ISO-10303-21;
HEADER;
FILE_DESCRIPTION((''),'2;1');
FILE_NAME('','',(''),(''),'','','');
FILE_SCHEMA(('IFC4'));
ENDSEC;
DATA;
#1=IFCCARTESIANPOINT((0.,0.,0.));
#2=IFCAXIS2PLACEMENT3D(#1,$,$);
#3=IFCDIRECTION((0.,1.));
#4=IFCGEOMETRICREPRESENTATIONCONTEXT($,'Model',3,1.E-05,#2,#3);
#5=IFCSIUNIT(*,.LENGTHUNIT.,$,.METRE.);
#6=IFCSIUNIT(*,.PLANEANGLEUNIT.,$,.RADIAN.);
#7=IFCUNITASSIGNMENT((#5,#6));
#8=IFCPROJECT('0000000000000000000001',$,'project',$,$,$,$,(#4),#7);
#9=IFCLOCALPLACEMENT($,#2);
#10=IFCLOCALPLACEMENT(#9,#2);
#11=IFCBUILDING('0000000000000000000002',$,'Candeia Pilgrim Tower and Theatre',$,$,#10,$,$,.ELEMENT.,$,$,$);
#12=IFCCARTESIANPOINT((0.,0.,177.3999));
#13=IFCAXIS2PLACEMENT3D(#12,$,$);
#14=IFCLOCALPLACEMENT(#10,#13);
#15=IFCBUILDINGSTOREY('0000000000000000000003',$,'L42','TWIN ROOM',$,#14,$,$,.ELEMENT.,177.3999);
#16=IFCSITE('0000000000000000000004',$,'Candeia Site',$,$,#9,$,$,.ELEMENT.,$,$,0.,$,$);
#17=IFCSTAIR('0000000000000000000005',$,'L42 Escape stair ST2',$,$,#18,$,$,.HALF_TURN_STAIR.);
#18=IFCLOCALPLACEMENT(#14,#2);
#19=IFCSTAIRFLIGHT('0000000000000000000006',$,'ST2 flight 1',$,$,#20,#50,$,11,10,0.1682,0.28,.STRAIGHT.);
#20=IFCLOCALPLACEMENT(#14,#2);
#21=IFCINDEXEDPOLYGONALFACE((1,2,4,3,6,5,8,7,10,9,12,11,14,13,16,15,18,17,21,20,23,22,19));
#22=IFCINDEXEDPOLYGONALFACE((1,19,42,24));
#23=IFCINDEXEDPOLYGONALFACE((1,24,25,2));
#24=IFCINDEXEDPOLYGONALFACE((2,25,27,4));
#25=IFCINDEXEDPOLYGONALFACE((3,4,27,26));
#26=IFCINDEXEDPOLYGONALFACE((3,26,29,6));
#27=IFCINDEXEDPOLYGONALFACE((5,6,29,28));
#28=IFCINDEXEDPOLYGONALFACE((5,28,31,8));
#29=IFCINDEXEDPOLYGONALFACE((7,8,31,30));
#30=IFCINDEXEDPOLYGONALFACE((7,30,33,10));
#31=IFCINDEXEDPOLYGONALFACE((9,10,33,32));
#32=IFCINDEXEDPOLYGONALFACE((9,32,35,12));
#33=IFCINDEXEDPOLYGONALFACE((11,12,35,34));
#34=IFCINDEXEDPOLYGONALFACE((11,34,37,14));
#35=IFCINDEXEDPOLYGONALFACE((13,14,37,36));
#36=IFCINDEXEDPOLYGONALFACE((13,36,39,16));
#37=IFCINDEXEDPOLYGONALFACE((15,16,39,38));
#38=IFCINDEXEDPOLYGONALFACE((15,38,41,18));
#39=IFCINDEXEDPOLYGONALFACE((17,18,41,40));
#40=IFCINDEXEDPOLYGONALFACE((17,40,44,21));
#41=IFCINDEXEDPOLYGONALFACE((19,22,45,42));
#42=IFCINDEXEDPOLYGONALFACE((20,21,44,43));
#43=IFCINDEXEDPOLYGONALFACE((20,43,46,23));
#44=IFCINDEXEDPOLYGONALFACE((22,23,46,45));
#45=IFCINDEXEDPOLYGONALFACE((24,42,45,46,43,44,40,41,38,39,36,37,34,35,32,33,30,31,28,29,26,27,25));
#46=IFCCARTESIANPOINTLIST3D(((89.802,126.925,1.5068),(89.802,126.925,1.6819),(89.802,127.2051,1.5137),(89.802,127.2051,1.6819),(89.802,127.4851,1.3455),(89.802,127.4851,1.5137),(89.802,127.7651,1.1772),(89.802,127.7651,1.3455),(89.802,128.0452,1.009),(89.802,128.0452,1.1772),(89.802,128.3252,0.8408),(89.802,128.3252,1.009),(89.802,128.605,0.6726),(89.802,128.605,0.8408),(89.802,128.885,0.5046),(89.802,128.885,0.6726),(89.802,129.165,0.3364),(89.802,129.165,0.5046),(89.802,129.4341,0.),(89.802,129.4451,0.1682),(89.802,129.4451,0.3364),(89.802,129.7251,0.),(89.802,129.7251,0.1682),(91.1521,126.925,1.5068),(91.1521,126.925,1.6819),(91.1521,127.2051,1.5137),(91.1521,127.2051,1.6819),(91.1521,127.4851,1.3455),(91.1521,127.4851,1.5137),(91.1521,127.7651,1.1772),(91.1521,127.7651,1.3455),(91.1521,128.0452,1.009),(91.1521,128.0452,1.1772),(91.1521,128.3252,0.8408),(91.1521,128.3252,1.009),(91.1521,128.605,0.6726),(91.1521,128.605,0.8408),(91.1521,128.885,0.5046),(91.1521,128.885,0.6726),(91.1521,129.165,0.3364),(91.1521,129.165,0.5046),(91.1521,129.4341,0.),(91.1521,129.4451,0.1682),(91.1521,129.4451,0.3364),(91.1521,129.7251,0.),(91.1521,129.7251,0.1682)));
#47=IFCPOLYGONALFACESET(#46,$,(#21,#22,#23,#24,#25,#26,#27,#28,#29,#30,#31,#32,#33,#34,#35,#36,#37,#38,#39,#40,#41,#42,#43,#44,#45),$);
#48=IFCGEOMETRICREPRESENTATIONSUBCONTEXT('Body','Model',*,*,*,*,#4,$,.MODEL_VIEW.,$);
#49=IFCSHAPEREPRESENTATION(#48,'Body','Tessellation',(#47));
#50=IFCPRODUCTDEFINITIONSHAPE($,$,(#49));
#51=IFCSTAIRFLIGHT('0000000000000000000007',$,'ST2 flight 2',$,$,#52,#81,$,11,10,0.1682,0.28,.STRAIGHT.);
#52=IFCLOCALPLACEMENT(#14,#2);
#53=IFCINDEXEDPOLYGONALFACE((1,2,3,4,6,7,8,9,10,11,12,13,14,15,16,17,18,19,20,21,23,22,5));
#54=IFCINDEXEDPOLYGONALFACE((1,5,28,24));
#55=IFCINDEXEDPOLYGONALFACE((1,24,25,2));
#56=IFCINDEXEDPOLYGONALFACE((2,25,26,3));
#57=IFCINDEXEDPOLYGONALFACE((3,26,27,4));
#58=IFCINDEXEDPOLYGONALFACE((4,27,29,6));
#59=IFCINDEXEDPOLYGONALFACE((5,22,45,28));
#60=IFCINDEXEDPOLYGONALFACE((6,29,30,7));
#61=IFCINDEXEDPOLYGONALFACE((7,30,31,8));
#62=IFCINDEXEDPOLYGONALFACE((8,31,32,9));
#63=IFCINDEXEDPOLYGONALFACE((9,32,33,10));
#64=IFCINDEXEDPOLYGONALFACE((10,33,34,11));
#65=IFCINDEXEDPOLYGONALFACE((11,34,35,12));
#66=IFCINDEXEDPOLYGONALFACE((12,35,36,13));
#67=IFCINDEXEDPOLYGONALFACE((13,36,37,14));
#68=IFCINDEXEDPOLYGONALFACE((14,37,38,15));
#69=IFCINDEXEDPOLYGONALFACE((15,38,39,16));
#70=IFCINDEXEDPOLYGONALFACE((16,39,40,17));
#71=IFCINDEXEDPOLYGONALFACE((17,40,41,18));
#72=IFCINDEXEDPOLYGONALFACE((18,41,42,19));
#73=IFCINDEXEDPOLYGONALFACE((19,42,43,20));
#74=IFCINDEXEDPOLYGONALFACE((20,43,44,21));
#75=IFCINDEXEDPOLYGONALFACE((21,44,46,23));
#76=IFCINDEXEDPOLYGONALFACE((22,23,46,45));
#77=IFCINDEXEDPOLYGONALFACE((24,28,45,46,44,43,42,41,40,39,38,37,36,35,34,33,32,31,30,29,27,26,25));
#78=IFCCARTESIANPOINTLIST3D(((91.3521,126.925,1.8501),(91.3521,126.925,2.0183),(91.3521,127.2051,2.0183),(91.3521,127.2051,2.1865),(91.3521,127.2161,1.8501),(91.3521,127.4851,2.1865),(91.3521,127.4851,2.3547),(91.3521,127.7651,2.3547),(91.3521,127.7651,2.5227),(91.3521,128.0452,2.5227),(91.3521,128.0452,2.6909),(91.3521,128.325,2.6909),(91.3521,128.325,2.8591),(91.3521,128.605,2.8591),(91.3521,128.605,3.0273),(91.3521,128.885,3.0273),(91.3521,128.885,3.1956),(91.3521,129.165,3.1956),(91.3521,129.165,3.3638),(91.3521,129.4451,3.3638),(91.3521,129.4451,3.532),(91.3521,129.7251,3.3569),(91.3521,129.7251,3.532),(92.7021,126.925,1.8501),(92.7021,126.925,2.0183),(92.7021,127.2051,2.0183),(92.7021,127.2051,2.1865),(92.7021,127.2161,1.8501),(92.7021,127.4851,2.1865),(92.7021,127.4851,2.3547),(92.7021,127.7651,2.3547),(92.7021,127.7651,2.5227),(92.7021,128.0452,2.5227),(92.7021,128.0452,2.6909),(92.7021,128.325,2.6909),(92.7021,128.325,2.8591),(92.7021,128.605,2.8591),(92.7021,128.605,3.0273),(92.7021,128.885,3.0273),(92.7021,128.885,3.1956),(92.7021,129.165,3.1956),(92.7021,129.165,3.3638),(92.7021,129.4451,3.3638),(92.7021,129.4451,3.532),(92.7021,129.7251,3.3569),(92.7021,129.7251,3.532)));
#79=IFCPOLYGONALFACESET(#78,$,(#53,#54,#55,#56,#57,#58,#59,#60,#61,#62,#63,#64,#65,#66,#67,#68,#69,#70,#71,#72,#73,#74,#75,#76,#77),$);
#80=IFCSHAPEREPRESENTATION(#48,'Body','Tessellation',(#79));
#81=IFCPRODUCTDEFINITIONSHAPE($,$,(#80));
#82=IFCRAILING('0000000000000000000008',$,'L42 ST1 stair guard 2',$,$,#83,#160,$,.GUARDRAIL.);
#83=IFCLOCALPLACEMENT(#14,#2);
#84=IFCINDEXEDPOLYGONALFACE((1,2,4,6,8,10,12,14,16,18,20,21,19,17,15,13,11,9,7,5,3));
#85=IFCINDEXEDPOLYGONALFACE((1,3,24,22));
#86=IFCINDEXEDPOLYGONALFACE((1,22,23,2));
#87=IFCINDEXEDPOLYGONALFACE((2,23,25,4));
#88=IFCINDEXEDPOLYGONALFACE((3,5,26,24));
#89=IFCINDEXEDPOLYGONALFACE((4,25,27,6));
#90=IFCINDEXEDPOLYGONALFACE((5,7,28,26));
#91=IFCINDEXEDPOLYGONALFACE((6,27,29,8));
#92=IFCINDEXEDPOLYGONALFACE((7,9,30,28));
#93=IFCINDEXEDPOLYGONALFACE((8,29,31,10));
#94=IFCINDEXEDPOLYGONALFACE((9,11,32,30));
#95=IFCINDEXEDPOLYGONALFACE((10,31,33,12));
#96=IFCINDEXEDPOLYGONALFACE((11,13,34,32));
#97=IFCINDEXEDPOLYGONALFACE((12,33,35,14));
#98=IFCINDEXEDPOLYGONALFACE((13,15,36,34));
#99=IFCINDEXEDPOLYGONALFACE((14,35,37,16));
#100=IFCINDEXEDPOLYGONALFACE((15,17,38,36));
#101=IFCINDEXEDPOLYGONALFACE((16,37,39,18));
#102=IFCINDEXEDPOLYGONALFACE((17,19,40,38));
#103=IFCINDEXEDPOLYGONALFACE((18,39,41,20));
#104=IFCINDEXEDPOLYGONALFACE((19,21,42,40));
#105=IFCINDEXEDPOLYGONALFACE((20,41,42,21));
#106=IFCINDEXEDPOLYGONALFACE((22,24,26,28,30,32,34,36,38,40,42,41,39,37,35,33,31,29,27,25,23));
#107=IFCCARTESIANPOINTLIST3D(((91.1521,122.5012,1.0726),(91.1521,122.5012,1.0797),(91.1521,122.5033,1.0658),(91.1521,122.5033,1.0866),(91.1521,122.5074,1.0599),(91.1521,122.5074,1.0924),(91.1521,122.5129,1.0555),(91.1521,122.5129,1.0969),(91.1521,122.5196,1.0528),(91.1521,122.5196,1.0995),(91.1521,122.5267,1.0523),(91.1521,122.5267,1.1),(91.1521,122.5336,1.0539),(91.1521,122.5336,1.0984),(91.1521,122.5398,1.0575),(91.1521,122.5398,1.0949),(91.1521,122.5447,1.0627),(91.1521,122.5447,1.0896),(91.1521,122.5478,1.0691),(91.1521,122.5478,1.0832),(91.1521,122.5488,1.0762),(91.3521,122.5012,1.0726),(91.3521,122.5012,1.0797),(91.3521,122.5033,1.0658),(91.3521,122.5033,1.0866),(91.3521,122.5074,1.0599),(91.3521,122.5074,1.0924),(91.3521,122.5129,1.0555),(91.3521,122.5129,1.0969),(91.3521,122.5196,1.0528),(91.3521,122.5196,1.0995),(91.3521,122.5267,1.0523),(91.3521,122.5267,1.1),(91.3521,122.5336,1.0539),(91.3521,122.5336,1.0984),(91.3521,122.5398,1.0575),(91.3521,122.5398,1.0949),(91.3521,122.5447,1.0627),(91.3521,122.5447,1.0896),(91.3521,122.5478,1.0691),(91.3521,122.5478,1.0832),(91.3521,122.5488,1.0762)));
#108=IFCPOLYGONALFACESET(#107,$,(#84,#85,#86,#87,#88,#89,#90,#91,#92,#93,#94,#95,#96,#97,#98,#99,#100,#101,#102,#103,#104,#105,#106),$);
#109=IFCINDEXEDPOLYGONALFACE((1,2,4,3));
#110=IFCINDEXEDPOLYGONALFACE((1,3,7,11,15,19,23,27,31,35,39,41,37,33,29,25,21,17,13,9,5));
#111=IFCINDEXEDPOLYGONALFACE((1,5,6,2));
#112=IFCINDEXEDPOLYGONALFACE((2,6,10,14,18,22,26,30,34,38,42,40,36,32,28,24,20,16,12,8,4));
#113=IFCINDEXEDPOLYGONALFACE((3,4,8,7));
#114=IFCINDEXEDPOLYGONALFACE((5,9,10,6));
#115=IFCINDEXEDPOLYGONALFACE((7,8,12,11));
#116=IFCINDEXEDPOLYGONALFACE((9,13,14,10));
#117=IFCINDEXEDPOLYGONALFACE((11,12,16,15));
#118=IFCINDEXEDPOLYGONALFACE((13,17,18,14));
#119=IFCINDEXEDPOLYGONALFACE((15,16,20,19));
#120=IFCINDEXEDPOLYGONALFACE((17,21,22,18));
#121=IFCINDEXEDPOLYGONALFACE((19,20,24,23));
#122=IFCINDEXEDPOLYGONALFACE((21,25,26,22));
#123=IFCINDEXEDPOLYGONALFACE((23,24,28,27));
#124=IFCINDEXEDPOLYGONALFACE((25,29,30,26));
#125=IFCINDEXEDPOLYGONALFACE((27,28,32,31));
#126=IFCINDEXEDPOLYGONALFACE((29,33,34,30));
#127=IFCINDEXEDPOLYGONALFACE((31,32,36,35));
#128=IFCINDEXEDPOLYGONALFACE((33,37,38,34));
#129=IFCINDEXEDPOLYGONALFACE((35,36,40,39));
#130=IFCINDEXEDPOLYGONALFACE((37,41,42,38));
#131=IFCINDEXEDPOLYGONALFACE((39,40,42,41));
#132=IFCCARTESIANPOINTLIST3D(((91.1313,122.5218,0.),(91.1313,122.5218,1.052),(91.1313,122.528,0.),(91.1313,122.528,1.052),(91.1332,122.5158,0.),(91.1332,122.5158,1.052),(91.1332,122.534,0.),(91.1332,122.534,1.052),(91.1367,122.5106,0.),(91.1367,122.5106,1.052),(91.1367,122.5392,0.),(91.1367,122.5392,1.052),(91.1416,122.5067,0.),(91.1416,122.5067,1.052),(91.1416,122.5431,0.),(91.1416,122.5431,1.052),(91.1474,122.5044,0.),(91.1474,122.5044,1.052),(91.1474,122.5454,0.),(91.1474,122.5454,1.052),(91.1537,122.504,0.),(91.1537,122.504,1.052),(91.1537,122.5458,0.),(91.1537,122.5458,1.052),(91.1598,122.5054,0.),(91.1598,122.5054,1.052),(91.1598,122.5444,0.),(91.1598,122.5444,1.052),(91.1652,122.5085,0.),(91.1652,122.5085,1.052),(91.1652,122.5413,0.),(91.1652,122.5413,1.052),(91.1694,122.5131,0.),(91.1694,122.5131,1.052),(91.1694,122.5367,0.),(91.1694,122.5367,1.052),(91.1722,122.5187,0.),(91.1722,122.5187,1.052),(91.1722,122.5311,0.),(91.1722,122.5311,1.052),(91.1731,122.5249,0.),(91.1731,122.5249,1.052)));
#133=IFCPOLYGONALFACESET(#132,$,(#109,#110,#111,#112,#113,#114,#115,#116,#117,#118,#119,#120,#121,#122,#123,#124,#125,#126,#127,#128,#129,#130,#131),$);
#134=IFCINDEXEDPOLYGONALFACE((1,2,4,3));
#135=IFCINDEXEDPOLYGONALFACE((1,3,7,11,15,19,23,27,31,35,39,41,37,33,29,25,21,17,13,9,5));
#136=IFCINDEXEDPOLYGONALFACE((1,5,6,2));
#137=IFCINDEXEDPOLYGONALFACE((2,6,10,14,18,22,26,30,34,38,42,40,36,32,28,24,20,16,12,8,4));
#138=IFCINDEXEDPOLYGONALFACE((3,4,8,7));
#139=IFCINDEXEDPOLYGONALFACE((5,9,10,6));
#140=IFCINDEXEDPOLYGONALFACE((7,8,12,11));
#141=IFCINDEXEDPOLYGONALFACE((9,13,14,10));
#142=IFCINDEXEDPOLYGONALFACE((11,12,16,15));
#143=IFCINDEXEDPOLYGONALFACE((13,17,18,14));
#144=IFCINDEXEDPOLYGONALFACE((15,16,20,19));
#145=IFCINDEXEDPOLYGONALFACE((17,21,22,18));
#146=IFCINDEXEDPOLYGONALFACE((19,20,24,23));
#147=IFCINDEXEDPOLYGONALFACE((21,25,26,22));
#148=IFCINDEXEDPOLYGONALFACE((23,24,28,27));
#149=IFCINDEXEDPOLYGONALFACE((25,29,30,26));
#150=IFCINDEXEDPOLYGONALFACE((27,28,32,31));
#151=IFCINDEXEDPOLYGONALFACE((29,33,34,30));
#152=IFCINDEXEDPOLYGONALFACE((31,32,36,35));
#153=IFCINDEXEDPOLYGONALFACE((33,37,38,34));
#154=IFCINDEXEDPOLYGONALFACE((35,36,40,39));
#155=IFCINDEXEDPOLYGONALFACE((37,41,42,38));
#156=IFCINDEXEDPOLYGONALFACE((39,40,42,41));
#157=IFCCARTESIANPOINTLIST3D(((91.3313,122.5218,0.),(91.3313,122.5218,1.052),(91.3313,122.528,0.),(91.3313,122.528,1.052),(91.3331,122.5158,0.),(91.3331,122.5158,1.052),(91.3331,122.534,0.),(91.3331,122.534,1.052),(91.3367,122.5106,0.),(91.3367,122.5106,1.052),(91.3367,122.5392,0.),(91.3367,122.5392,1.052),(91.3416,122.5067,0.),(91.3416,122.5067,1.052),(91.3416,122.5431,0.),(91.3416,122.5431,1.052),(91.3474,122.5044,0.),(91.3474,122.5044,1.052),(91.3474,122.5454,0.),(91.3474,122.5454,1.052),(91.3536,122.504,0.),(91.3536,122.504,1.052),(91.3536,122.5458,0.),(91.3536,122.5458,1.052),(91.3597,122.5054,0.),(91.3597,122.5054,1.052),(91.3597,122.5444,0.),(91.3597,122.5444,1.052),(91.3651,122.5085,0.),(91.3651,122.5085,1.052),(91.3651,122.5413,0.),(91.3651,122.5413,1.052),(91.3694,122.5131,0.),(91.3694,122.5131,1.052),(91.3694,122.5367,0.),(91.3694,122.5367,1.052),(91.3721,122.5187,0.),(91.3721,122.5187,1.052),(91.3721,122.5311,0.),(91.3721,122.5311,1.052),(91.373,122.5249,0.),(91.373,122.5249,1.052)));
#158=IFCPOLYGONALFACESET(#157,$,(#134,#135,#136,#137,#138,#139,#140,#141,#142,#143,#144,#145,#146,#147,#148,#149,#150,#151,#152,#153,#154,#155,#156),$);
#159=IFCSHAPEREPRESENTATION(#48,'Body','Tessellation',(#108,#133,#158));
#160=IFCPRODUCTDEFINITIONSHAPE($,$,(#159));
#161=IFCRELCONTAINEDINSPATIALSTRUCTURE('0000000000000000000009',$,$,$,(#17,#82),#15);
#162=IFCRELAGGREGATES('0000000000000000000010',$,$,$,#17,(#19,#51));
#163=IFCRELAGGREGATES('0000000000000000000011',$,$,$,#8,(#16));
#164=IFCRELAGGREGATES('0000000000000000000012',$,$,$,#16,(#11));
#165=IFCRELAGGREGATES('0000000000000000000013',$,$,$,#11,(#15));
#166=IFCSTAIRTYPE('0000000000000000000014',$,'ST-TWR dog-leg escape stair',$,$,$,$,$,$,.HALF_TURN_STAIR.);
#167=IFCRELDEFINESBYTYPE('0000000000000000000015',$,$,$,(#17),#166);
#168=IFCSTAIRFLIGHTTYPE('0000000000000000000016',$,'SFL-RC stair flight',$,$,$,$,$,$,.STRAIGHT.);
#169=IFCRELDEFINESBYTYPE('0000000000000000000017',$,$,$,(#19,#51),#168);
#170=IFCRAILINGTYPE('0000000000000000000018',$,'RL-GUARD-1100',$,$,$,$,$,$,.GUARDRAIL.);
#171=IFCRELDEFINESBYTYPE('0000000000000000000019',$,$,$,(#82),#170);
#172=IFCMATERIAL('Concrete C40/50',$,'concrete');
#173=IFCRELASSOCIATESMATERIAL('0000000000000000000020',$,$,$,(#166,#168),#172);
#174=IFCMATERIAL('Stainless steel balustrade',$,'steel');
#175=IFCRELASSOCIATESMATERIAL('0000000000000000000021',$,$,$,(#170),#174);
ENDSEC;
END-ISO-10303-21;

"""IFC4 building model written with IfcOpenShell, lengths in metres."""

from ifc_helpers import new_model, si_unit, direction, frame, origin, origin_2d, place, context, subcontext, project, spatial, polyline, circle, outline, extrude, material, type_object, element, aggregate, save


model = new_model("IFC4")

# Units and contexts
model_context = context("Model", 3, precision=1e-05, world=origin(), true_north=direction((0.0, 1.0)))
body_context = subcontext(model_context, "Body", "Model", "MODEL_VIEW")
ifc_project = project(units=[si_unit("LENGTHUNIT", "METRE"), si_unit("PLANEANGLEUNIT", "RADIAN")], contexts=[model_context])

# Site, building, storey
site_placement = place(None, origin())
site = spatial("IfcSite", under=ifc_project, at=site_placement, Name="Candeia Site", CompositionType="ELEMENT", RefElevation=0.0)
building_placement = place(site_placement, origin())
building = spatial("IfcBuilding", under=site, at=building_placement, Name="Candeia Pilgrim Tower and Theatre", CompositionType="ELEMENT")
storey_placement = place(building_placement, frame((0.0, 0.0, 177.3999)))
storey = spatial("IfcBuildingStorey", under=building, at=storey_placement, Name="L42", Description="TWIN ROOM", CompositionType="ELEMENT", Elevation=177.3999)

# Shared definitions
ifc_material_1 = material(Name="Concrete C40/50", Category="concrete")

# Stair, stair flights
stair_type = type_object("IfcStairType", Name="ST-TWR dog-leg escape stair", PredefinedType="HALF_TURN_STAIR", material=ifc_material_1)
stair_flight_type = type_object("IfcStairFlightType", Name="SFL-RC stair flight", PredefinedType="STRAIGHT", material=ifc_material_1)
stair_1_placement = place(storey_placement, origin())
stair_1 = element("IfcStair", 1, at=stair_1_placement, inside=storey, type_object=stair_type, Name="L42 Escape stair ST2", PredefinedType="HALF_TURN_STAIR")
stair_flight_1_placement = place(storey_placement, frame((90.4771, 129.7251, 0.0), z_axis=(0.0, 0.0, 1.0), x_axis=(0.0, -1.0, 0.0)))
stair_flight_1 = element("IfcStairFlight", 2, at=stair_flight_1_placement, type_object=stair_flight_type, Name="ST2 flight 1", NumberOfRisers=11, NumberOfTreads=10, PredefinedType="STRAIGHT", RiserHeight=0.1682, TreadLength=0.28, context=body_context, shape_type="SweptSolid", body=[
    extrude(outline(polyline([(0.0, 0.0), (0.0, 0.1682), (0.28, 0.1682), (0.28, 0.3364), (0.5601, 0.3364), (0.5601, 0.5046), (0.8401, 0.5046), (0.8401, 0.6726), (1.1201, 0.6726), (1.1201, 0.8408), (1.3999, 0.8408), (1.3999, 1.009), (1.6799, 1.009), (1.6799, 1.1772), (1.96, 1.1772), (1.96, 1.3455), (2.24, 1.3455), (2.24, 1.5137), (2.52, 1.5137), (2.52, 1.6819), (2.8, 1.6819), (2.8, 1.8501), (2.8, 1.5068), (0.291, 0.0), (0.0, 0.0)])), frame((0.0, 0.675, 0.0), z_axis=(0.0, -1.0, 0.0), x_axis=(1.0, 0.0, 0.0)), (0.0, 0.0, 1.0), 1.3501),
])
stair_flight_2_placement = place(storey_placement, frame((92.0271, 126.925, 1.8501), z_axis=(0.0, 0.0, 1.0), x_axis=(0.0, 1.0, 0.0)))
stair_flight_2 = element("IfcStairFlight", 3, at=stair_flight_2_placement, type_object=stair_flight_type, Name="ST2 flight 2", NumberOfRisers=11, NumberOfTreads=10, PredefinedType="STRAIGHT", RiserHeight=0.1682, TreadLength=0.28, context=body_context, shape_type="SweptSolid", body=[
    extrude(outline(polyline([(0.0, 0.0), (0.0, 0.1682), (0.28, 0.1682), (0.28, 0.3364), (0.5601, 0.3364), (0.5601, 0.5046), (0.8401, 0.5046), (0.8401, 0.6726), (1.1201, 0.6726), (1.1201, 0.8408), (1.3999, 0.8408), (1.3999, 1.009), (1.6799, 1.009), (1.6799, 1.1772), (1.96, 1.1772), (1.96, 1.3455), (2.24, 1.3455), (2.24, 1.5137), (2.52, 1.5137), (2.52, 1.6819), (2.8, 1.6819), (2.8, 1.8501), (2.8, 1.5068), (0.291, 0.0), (0.0, 0.0)])), frame((0.0, 0.675, 0.0), z_axis=(0.0, -1.0, 0.0), x_axis=(1.0, 0.0, 0.0)), (0.0, 0.0, 1.0), 1.3501),
])
aggregate(stair_1, [stair_flight_1, stair_flight_2])

# Railing
ifc_material_2 = material(Name="Stainless steel balustrade", Category="steel")
railing_type_1 = type_object("IfcRailingType", Name="RL-GUARD-1100", PredefinedType="GUARDRAIL", material=ifc_material_2)
railing_1_placement = place(storey_placement, frame((91.1521, 122.5249, 0.0)))
element("IfcRailing", 4, at=railing_1_placement, inside=storey, type_object=railing_type_1, Name="L42 ST1 stair guard 2", PredefinedType="GUARDRAIL", context=body_context, shape_type="SweptSolid", body=[
    extrude(circle(Radius=0.0239, at=origin_2d()), frame((0.0, 0.0, 1.0762), z_axis=(1.0, 0.0, 0.0), x_axis=(0.0, 1.0, 0.0)), (0.0, 0.0, 1.0), 0.2),
    extrude(circle(Radius=0.021, at=origin_2d()), origin(), (0.0, 0.0, 1.0), 1.052),
    extrude(circle(Radius=0.021, at=origin_2d()), frame((0.2, 0.0, 0.0)), (0.0, 0.0, 1.0), 1.052),
])

save(model, "model.ifc")
